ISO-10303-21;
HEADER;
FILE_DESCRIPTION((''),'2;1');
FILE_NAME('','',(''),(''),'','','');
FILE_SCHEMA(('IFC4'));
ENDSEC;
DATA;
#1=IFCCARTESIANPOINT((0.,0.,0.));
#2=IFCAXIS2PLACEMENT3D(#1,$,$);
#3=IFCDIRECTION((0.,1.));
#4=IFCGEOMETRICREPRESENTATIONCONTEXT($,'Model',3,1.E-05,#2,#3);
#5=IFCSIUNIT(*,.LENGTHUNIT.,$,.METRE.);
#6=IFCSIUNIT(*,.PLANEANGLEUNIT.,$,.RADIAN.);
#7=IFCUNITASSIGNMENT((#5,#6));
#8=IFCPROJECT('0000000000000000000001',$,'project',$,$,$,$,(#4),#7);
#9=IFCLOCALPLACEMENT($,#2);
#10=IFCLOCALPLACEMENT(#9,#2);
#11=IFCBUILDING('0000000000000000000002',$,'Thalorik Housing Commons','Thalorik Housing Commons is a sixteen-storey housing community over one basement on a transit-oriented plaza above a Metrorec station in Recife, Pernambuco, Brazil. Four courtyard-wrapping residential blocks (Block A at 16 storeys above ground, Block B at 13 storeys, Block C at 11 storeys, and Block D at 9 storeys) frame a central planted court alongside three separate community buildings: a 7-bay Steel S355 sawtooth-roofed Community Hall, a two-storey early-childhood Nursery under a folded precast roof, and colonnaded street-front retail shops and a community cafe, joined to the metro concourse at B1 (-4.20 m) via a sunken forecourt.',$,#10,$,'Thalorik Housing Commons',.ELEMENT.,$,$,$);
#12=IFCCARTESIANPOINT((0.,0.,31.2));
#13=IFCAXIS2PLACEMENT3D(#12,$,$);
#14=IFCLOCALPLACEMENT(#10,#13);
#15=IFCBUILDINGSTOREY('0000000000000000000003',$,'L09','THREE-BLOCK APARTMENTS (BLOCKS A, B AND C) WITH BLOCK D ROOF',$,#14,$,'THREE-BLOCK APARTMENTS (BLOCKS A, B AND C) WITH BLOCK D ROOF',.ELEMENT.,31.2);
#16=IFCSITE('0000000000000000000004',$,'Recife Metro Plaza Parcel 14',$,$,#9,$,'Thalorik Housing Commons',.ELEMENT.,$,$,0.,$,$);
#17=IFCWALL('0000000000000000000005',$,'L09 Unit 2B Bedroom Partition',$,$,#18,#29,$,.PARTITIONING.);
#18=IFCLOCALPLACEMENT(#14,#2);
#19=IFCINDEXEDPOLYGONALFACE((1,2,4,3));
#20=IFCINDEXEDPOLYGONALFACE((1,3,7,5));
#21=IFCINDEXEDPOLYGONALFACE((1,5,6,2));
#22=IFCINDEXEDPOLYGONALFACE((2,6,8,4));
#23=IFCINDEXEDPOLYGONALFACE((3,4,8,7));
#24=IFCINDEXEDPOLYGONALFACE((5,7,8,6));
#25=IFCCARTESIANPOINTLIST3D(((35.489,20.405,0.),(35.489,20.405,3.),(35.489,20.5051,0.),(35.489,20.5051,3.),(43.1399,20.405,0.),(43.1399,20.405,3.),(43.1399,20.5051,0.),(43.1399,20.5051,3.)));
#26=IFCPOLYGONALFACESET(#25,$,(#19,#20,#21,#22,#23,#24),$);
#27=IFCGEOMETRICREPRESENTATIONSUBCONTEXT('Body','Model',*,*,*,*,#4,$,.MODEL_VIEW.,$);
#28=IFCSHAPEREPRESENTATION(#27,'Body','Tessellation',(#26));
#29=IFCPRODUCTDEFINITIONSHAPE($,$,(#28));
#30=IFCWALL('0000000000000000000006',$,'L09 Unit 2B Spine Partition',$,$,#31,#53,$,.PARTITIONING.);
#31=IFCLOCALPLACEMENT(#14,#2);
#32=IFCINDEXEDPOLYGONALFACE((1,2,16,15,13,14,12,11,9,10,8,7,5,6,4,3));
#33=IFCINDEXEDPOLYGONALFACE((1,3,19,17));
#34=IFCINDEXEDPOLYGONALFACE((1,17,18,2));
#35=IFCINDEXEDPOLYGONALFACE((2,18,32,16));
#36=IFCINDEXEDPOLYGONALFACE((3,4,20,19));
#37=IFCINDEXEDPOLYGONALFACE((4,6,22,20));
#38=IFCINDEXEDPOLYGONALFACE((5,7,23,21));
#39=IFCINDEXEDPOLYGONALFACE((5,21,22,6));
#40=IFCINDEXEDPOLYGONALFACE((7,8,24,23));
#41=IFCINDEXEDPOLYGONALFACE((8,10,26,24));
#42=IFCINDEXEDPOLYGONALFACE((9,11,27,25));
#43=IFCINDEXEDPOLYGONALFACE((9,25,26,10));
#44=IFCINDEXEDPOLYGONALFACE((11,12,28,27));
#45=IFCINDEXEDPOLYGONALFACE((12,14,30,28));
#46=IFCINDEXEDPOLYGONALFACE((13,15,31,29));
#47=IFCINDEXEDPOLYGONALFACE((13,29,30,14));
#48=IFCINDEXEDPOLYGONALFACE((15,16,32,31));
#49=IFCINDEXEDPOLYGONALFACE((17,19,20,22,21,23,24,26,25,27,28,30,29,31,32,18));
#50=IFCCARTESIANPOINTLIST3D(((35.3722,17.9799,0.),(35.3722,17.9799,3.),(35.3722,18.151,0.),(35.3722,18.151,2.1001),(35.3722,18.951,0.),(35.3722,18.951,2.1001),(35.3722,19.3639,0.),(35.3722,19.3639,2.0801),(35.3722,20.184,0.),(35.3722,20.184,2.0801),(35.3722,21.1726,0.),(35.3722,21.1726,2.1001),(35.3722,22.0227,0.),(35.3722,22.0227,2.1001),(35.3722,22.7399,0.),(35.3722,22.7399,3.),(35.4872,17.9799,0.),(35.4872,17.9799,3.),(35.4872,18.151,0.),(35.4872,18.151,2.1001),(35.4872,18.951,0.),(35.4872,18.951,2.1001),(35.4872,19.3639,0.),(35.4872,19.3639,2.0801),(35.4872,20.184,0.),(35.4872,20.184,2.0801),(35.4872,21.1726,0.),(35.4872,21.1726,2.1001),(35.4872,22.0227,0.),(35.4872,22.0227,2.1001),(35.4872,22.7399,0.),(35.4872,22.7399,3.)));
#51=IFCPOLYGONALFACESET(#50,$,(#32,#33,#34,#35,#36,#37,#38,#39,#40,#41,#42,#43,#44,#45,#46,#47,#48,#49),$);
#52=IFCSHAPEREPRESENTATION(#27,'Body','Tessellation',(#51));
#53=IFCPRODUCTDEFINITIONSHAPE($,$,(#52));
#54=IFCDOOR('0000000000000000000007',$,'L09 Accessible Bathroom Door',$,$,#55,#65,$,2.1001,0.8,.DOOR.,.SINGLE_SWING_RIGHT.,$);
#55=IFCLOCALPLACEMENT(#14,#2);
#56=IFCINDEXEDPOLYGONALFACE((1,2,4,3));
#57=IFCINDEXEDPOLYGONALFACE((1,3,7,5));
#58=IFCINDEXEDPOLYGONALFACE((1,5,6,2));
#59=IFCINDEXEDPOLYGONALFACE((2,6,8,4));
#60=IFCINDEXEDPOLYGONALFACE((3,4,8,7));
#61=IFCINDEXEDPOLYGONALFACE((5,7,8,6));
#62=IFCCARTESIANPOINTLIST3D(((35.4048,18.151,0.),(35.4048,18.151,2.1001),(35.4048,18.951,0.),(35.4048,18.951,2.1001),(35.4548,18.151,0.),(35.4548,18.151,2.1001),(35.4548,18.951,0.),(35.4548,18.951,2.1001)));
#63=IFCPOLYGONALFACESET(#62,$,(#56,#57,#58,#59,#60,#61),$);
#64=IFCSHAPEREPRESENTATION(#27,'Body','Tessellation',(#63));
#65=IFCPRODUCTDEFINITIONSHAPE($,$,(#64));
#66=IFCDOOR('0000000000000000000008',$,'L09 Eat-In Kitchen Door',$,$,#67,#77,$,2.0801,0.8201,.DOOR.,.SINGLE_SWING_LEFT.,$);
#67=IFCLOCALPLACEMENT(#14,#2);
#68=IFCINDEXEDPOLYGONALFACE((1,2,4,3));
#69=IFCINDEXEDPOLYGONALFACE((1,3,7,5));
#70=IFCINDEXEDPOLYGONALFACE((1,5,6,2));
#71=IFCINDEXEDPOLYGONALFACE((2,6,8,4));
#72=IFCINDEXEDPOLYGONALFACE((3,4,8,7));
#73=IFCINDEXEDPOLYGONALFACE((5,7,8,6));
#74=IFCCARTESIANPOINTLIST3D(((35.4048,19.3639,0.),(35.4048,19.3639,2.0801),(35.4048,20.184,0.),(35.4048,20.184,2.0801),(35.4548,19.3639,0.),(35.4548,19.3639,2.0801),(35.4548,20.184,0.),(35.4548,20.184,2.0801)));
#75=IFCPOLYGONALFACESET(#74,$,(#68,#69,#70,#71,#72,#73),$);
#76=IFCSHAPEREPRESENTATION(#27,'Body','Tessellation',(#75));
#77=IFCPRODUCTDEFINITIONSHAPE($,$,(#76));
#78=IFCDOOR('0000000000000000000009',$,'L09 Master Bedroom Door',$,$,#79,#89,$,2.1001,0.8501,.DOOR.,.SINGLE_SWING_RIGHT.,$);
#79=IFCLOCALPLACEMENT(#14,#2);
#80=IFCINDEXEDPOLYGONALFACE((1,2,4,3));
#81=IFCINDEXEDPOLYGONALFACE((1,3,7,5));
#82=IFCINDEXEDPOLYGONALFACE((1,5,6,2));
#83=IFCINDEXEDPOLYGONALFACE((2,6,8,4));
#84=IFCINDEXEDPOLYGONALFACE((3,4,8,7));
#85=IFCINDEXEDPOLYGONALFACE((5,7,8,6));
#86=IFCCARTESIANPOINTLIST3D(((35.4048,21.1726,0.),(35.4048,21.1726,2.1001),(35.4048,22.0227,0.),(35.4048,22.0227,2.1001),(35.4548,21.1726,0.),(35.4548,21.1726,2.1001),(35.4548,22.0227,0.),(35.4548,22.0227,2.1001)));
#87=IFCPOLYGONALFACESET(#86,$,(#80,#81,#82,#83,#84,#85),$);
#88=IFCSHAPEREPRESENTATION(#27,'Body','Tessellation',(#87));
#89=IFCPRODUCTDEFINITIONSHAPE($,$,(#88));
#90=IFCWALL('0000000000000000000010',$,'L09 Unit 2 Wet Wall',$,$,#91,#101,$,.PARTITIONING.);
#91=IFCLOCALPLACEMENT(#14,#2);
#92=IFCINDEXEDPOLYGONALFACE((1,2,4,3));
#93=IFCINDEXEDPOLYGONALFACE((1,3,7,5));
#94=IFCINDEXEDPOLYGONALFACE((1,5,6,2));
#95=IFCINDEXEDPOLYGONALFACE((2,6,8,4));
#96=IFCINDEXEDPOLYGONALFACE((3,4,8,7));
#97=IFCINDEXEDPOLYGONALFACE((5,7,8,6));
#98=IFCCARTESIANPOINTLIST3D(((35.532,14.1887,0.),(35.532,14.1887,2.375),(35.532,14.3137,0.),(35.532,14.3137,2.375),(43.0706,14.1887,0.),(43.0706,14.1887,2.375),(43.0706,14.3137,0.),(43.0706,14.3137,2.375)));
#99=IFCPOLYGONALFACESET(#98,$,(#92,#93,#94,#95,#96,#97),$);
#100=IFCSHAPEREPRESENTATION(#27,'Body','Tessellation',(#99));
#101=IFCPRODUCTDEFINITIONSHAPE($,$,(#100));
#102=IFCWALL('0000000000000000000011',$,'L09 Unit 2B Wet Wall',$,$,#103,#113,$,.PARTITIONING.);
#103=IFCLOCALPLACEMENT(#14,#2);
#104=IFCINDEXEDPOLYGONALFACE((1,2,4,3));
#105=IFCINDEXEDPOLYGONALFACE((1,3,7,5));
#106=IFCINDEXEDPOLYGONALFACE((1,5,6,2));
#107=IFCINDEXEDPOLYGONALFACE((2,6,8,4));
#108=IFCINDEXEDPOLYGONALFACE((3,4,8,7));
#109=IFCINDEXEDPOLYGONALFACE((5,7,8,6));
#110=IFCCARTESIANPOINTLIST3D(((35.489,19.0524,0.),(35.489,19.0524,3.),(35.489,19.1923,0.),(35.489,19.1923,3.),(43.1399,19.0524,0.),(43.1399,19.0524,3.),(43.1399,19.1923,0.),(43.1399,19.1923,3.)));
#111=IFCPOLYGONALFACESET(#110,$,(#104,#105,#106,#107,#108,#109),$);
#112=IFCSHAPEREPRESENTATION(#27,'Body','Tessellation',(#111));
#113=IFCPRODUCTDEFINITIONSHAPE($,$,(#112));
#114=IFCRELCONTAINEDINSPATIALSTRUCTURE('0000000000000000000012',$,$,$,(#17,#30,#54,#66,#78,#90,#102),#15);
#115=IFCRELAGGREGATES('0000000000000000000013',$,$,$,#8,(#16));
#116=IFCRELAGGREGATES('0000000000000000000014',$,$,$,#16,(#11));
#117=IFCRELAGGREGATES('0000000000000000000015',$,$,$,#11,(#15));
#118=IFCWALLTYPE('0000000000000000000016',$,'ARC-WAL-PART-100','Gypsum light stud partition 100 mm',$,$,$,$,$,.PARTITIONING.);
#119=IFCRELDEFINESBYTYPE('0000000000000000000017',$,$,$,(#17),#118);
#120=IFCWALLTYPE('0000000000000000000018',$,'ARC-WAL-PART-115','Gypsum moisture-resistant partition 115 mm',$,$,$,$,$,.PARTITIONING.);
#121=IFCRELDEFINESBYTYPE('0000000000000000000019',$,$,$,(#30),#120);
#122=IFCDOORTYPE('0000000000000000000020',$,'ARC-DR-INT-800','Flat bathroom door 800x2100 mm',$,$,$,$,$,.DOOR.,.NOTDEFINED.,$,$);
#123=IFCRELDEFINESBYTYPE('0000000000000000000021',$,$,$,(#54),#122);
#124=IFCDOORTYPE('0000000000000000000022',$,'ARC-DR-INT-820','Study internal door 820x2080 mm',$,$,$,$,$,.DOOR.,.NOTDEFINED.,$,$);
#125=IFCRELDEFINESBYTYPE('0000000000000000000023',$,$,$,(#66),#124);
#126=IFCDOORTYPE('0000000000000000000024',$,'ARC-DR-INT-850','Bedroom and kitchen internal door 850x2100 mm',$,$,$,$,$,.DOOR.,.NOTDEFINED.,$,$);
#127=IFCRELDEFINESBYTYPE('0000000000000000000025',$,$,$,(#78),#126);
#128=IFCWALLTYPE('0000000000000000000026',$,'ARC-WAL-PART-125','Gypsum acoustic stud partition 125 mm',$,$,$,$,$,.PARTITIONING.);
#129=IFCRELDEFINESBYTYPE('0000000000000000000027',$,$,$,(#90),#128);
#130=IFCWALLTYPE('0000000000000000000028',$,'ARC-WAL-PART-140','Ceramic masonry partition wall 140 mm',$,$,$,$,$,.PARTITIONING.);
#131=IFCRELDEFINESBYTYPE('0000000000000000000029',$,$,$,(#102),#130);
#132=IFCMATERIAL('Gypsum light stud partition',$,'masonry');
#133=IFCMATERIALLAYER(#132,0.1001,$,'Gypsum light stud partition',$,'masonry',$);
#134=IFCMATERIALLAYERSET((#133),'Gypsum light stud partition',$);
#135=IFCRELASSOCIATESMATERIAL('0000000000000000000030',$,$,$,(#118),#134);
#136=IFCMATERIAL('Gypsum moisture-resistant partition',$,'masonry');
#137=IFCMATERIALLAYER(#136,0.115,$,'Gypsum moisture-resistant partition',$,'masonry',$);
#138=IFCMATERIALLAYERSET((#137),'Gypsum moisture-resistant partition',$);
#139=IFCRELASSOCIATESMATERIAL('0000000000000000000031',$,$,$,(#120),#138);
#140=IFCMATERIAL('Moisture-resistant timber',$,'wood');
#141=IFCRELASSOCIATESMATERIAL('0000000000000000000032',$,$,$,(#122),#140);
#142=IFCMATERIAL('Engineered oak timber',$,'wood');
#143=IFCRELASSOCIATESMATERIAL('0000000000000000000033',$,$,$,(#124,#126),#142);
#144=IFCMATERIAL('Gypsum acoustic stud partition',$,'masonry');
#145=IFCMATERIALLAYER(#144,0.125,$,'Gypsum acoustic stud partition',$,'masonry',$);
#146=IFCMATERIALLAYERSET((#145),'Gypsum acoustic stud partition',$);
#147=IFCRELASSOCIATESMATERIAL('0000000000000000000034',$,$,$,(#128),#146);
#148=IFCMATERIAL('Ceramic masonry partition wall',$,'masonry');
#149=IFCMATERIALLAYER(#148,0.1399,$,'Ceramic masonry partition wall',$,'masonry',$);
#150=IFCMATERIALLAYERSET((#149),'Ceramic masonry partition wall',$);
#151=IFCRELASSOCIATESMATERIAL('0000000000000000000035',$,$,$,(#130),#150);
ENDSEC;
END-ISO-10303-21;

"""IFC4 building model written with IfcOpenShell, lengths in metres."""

from ifc_helpers import new_model, si_unit, direction, frame, frame_2d, origin, place, context, subcontext, project, spatial, rectangle, extrude, material, layer, layer_set, type_object, element, fill, save


model = new_model("IFC4")

# Units and contexts
model_context = context("Model", 3, precision=1e-05, world=origin(), true_north=direction((0.0, 1.0)))
body_context = subcontext(model_context, "Body", "Model", "MODEL_VIEW")
ifc_project = project(units=[si_unit("LENGTHUNIT", "METRE"), si_unit("PLANEANGLEUNIT", "RADIAN")], contexts=[model_context])

# Site, building, storey
site_placement = place(None, origin())
site = spatial("IfcSite", under=ifc_project, at=site_placement, Name="Recife Metro Plaza Parcel 14", LongName="Thalorik Housing Commons", CompositionType="ELEMENT", RefElevation=0.0)
building_placement = place(site_placement, origin())
building = spatial("IfcBuilding", under=site, at=building_placement, Name="Thalorik Housing Commons", Description="Thalorik Housing Commons is a sixteen-storey housing community over one basement on a transit-oriented plaza above a Metrorec station in Recife, Pernambuco, Brazil. Four courtyard-wrapping residential blocks (Block A at 16 storeys above ground, Block B at 13 storeys, Block C at 11 storeys, and Block D at 9 storeys) frame a central planted court alongside three separate community buildings: a 7-bay Steel S355 sawtooth-roofed Community Hall, a two-storey early-childhood Nursery under a folded precast roof, and colonnaded street-front retail shops and a community cafe, joined to the metro concourse at B1 (-4.20 m) via a sunken forecourt.", LongName="Thalorik Housing Commons", CompositionType="ELEMENT")
storey_placement = place(building_placement, frame((0.0, 0.0, 31.2)))
storey = spatial("IfcBuildingStorey", under=building, at=storey_placement, Name="L09", Description="THREE-BLOCK APARTMENTS (BLOCKS A, B AND C) WITH BLOCK D ROOF", LongName="THREE-BLOCK APARTMENTS (BLOCKS A, B AND C) WITH BLOCK D ROOF", CompositionType="ELEMENT", Elevation=31.2)

# Wall
ifc_material_1 = material(Name="Gypsum light stud partition", Category="masonry")
ifc_layer_1 = layer(ifc_material_1, 0.1001, Name="Gypsum light stud partition", Category="masonry")
ifc_layer_set_1 = layer_set([ifc_layer_1], Name="Gypsum light stud partition")
wall_type_1 = type_object("IfcWallType", Name="ARC-WAL-PART-100", Description="Gypsum light stud partition 100 mm", PredefinedType="PARTITIONING", material=ifc_layer_set_1)
wall_1_placement = place(storey_placement, frame((35.489, 20.4551, 0.0), z_axis=(0.0, 0.0, 1.0), x_axis=(1.0, 0.0, 0.0)))
element("IfcWall", 1, at=wall_1_placement, inside=storey, type_object=wall_type_1, Name="L09 Unit 2B Bedroom Partition", PredefinedType="PARTITIONING", context=body_context, shape_type="SweptSolid", body=[
    extrude(rectangle(XDim=7.6509, YDim=0.1001, at=frame_2d((3.8254, 0.0))), origin(), (0.0, 0.0, 1.0), 3.0),
])

# Wall, openings, doors
ifc_material_2 = material(Name="Gypsum moisture-resistant partition", Category="masonry")
ifc_layer_2 = layer(ifc_material_2, 0.115, Name="Gypsum moisture-resistant partition", Category="masonry")
ifc_layer_set_2 = layer_set([ifc_layer_2], Name="Gypsum moisture-resistant partition")
wall_type_2 = type_object("IfcWallType", Name="ARC-WAL-PART-115", Description="Gypsum moisture-resistant partition 115 mm", PredefinedType="PARTITIONING", material=ifc_layer_set_2)
wall_2_placement = place(storey_placement, frame((35.4297, 17.98, 0.0), z_axis=(0.0, 0.0, 1.0), x_axis=(0.0, 1.0, 0.0)))
wall_2 = element("IfcWall", 2, at=wall_2_placement, inside=storey, type_object=wall_type_2, Name="L09 Unit 2B Spine Partition", PredefinedType="PARTITIONING", context=body_context, shape_type="SweptSolid", body=[
    extrude(rectangle(XDim=4.76, YDim=0.115, at=frame_2d((2.3799, 0.0))), origin(), (0.0, 0.0, 1.0), 3.0),
])
opening_1_placement = place(wall_2_placement, frame((0.1711, 0.0, 0.0)))
opening_1 = element("IfcOpeningElement", 3, at=opening_1_placement, cuts=wall_2, PredefinedType="OPENING", context=body_context, shape_type="SweptSolid", body=[
    extrude(rectangle(XDim=0.8, YDim=2.1001, at=frame_2d((0.3999, 1.05))), frame((0.0, 0.0674, 0.0), z_axis=(0.0, -1.0, 0.0), x_axis=(1.0, 0.0, 0.0)), (0.0, 0.0, 1.0), 0.135),
])
opening_2_placement = place(wall_2_placement, frame((1.3838, 0.0, 0.0)))
opening_2 = element("IfcOpeningElement", 4, at=opening_2_placement, cuts=wall_2, PredefinedType="OPENING", context=body_context, shape_type="SweptSolid", body=[
    extrude(rectangle(XDim=0.8201, YDim=2.0801, at=frame_2d((0.4102, 1.04))), frame((0.0, 0.0674, 0.0), z_axis=(0.0, -1.0, 0.0), x_axis=(1.0, 0.0, 0.0)), (0.0, 0.0, 1.0), 0.135),
])
opening_3_placement = place(wall_2_placement, frame((3.1926, 0.0, 0.0)))
opening_3 = element("IfcOpeningElement", 5, at=opening_3_placement, cuts=wall_2, PredefinedType="OPENING", context=body_context, shape_type="SweptSolid", body=[
    extrude(rectangle(XDim=0.8501, YDim=2.1001, at=frame_2d((0.425, 1.05))), frame((0.0, 0.0674, 0.0), z_axis=(0.0, -1.0, 0.0), x_axis=(1.0, 0.0, 0.0)), (0.0, 0.0, 1.0), 0.135),
])
ifc_material_3 = material(Name="Moisture-resistant timber", Category="wood")
door_type_1 = type_object("IfcDoorType", Name="ARC-DR-INT-800", Description="Flat bathroom door 800x2100 mm", OperationType="NOTDEFINED", PredefinedType="DOOR", material=ifc_material_3)
door_1_placement = place(opening_1_placement, origin())
door_1 = element("IfcDoor", 6, at=door_1_placement, inside=storey, type_object=door_type_1, Name="L09 Accessible Bathroom Door", OperationType="SINGLE_SWING_RIGHT", OverallHeight=2.1001, OverallWidth=0.8, PredefinedType="DOOR", context=body_context, shape_type="SweptSolid", body=[
    extrude(rectangle(XDim=0.8, YDim=2.1001, at=frame_2d((0.3999, 1.05))), frame((0.0, 0.0249, 0.0), z_axis=(0.0, -1.0, 0.0), x_axis=(1.0, 0.0, 0.0)), (0.0, 0.0, 1.0), 0.05),
])
fill(opening_1, door_1)
ifc_material_4 = material(Name="Engineered oak timber", Category="wood")
door_type_2 = type_object("IfcDoorType", Name="ARC-DR-INT-820", Description="Study internal door 820x2080 mm", OperationType="NOTDEFINED", PredefinedType="DOOR", material=ifc_material_4)
door_2_placement = place(opening_2_placement, origin())
door_2 = element("IfcDoor", 7, at=door_2_placement, inside=storey, type_object=door_type_2, Name="L09 Eat-In Kitchen Door", OperationType="SINGLE_SWING_LEFT", OverallHeight=2.0801, OverallWidth=0.8201, PredefinedType="DOOR", context=body_context, shape_type="SweptSolid", body=[
    extrude(rectangle(XDim=0.8201, YDim=2.0801, at=frame_2d((0.4102, 1.04))), frame((0.0, 0.0249, 0.0), z_axis=(0.0, -1.0, 0.0), x_axis=(1.0, 0.0, 0.0)), (0.0, 0.0, 1.0), 0.05),
])
fill(opening_2, door_2)
door_type_3 = type_object("IfcDoorType", Name="ARC-DR-INT-850", Description="Bedroom and kitchen internal door 850x2100 mm", OperationType="NOTDEFINED", PredefinedType="DOOR", material=ifc_material_4)
door_3_placement = place(opening_3_placement, origin())
door_3 = element("IfcDoor", 8, at=door_3_placement, inside=storey, type_object=door_type_3, Name="L09 Master Bedroom Door", OperationType="SINGLE_SWING_RIGHT", OverallHeight=2.1001, OverallWidth=0.8501, PredefinedType="DOOR", context=body_context, shape_type="SweptSolid", body=[
    extrude(rectangle(XDim=0.8501, YDim=2.1001, at=frame_2d((0.425, 1.05))), frame((0.0, 0.0249, 0.0), z_axis=(0.0, -1.0, 0.0), x_axis=(1.0, 0.0, 0.0)), (0.0, 0.0, 1.0), 0.05),
])
fill(opening_3, door_3)

# Walls
ifc_material_5 = material(Name="Gypsum acoustic stud partition", Category="masonry")
ifc_layer_3 = layer(ifc_material_5, 0.125, Name="Gypsum acoustic stud partition", Category="masonry")
ifc_layer_set_3 = layer_set([ifc_layer_3], Name="Gypsum acoustic stud partition")
wall_type_3 = type_object("IfcWallType", Name="ARC-WAL-PART-125", Description="Gypsum acoustic stud partition 125 mm", PredefinedType="PARTITIONING", material=ifc_layer_set_3)
wall_3_placement = place(storey_placement, frame((35.532, 14.2512, 0.0), z_axis=(0.0, 0.0, 1.0), x_axis=(1.0, 0.0, 0.0)))
element("IfcWall", 9, at=wall_3_placement, inside=storey, type_object=wall_type_3, Name="L09 Unit 2 Wet Wall", PredefinedType="PARTITIONING", context=body_context, shape_type="SweptSolid", body=[
    extrude(rectangle(XDim=7.5386, YDim=0.125, at=frame_2d((3.7693, 0.0))), origin(), (0.0, 0.0, 1.0), 2.375),
])
ifc_material_6 = material(Name="Ceramic masonry partition wall", Category="masonry")
ifc_layer_4 = layer(ifc_material_6, 0.1399, Name="Ceramic masonry partition wall", Category="masonry")
ifc_layer_set_4 = layer_set([ifc_layer_4], Name="Ceramic masonry partition wall")
wall_type_4 = type_object("IfcWallType", Name="ARC-WAL-PART-140", Description="Ceramic masonry partition wall 140 mm", PredefinedType="PARTITIONING", material=ifc_layer_set_4)
wall_4_placement = place(storey_placement, frame((35.489, 19.1223, 0.0), z_axis=(0.0, 0.0, 1.0), x_axis=(1.0, 0.0, 0.0)))
element("IfcWall", 10, at=wall_4_placement, inside=storey, type_object=wall_type_4, Name="L09 Unit 2B Wet Wall", PredefinedType="PARTITIONING", context=body_context, shape_type="SweptSolid", body=[
    extrude(rectangle(XDim=7.6509, YDim=0.1399, at=frame_2d((3.8254, 0.0))), origin(), (0.0, 0.0, 1.0), 3.0),
])

save(model, "model.ifc")
